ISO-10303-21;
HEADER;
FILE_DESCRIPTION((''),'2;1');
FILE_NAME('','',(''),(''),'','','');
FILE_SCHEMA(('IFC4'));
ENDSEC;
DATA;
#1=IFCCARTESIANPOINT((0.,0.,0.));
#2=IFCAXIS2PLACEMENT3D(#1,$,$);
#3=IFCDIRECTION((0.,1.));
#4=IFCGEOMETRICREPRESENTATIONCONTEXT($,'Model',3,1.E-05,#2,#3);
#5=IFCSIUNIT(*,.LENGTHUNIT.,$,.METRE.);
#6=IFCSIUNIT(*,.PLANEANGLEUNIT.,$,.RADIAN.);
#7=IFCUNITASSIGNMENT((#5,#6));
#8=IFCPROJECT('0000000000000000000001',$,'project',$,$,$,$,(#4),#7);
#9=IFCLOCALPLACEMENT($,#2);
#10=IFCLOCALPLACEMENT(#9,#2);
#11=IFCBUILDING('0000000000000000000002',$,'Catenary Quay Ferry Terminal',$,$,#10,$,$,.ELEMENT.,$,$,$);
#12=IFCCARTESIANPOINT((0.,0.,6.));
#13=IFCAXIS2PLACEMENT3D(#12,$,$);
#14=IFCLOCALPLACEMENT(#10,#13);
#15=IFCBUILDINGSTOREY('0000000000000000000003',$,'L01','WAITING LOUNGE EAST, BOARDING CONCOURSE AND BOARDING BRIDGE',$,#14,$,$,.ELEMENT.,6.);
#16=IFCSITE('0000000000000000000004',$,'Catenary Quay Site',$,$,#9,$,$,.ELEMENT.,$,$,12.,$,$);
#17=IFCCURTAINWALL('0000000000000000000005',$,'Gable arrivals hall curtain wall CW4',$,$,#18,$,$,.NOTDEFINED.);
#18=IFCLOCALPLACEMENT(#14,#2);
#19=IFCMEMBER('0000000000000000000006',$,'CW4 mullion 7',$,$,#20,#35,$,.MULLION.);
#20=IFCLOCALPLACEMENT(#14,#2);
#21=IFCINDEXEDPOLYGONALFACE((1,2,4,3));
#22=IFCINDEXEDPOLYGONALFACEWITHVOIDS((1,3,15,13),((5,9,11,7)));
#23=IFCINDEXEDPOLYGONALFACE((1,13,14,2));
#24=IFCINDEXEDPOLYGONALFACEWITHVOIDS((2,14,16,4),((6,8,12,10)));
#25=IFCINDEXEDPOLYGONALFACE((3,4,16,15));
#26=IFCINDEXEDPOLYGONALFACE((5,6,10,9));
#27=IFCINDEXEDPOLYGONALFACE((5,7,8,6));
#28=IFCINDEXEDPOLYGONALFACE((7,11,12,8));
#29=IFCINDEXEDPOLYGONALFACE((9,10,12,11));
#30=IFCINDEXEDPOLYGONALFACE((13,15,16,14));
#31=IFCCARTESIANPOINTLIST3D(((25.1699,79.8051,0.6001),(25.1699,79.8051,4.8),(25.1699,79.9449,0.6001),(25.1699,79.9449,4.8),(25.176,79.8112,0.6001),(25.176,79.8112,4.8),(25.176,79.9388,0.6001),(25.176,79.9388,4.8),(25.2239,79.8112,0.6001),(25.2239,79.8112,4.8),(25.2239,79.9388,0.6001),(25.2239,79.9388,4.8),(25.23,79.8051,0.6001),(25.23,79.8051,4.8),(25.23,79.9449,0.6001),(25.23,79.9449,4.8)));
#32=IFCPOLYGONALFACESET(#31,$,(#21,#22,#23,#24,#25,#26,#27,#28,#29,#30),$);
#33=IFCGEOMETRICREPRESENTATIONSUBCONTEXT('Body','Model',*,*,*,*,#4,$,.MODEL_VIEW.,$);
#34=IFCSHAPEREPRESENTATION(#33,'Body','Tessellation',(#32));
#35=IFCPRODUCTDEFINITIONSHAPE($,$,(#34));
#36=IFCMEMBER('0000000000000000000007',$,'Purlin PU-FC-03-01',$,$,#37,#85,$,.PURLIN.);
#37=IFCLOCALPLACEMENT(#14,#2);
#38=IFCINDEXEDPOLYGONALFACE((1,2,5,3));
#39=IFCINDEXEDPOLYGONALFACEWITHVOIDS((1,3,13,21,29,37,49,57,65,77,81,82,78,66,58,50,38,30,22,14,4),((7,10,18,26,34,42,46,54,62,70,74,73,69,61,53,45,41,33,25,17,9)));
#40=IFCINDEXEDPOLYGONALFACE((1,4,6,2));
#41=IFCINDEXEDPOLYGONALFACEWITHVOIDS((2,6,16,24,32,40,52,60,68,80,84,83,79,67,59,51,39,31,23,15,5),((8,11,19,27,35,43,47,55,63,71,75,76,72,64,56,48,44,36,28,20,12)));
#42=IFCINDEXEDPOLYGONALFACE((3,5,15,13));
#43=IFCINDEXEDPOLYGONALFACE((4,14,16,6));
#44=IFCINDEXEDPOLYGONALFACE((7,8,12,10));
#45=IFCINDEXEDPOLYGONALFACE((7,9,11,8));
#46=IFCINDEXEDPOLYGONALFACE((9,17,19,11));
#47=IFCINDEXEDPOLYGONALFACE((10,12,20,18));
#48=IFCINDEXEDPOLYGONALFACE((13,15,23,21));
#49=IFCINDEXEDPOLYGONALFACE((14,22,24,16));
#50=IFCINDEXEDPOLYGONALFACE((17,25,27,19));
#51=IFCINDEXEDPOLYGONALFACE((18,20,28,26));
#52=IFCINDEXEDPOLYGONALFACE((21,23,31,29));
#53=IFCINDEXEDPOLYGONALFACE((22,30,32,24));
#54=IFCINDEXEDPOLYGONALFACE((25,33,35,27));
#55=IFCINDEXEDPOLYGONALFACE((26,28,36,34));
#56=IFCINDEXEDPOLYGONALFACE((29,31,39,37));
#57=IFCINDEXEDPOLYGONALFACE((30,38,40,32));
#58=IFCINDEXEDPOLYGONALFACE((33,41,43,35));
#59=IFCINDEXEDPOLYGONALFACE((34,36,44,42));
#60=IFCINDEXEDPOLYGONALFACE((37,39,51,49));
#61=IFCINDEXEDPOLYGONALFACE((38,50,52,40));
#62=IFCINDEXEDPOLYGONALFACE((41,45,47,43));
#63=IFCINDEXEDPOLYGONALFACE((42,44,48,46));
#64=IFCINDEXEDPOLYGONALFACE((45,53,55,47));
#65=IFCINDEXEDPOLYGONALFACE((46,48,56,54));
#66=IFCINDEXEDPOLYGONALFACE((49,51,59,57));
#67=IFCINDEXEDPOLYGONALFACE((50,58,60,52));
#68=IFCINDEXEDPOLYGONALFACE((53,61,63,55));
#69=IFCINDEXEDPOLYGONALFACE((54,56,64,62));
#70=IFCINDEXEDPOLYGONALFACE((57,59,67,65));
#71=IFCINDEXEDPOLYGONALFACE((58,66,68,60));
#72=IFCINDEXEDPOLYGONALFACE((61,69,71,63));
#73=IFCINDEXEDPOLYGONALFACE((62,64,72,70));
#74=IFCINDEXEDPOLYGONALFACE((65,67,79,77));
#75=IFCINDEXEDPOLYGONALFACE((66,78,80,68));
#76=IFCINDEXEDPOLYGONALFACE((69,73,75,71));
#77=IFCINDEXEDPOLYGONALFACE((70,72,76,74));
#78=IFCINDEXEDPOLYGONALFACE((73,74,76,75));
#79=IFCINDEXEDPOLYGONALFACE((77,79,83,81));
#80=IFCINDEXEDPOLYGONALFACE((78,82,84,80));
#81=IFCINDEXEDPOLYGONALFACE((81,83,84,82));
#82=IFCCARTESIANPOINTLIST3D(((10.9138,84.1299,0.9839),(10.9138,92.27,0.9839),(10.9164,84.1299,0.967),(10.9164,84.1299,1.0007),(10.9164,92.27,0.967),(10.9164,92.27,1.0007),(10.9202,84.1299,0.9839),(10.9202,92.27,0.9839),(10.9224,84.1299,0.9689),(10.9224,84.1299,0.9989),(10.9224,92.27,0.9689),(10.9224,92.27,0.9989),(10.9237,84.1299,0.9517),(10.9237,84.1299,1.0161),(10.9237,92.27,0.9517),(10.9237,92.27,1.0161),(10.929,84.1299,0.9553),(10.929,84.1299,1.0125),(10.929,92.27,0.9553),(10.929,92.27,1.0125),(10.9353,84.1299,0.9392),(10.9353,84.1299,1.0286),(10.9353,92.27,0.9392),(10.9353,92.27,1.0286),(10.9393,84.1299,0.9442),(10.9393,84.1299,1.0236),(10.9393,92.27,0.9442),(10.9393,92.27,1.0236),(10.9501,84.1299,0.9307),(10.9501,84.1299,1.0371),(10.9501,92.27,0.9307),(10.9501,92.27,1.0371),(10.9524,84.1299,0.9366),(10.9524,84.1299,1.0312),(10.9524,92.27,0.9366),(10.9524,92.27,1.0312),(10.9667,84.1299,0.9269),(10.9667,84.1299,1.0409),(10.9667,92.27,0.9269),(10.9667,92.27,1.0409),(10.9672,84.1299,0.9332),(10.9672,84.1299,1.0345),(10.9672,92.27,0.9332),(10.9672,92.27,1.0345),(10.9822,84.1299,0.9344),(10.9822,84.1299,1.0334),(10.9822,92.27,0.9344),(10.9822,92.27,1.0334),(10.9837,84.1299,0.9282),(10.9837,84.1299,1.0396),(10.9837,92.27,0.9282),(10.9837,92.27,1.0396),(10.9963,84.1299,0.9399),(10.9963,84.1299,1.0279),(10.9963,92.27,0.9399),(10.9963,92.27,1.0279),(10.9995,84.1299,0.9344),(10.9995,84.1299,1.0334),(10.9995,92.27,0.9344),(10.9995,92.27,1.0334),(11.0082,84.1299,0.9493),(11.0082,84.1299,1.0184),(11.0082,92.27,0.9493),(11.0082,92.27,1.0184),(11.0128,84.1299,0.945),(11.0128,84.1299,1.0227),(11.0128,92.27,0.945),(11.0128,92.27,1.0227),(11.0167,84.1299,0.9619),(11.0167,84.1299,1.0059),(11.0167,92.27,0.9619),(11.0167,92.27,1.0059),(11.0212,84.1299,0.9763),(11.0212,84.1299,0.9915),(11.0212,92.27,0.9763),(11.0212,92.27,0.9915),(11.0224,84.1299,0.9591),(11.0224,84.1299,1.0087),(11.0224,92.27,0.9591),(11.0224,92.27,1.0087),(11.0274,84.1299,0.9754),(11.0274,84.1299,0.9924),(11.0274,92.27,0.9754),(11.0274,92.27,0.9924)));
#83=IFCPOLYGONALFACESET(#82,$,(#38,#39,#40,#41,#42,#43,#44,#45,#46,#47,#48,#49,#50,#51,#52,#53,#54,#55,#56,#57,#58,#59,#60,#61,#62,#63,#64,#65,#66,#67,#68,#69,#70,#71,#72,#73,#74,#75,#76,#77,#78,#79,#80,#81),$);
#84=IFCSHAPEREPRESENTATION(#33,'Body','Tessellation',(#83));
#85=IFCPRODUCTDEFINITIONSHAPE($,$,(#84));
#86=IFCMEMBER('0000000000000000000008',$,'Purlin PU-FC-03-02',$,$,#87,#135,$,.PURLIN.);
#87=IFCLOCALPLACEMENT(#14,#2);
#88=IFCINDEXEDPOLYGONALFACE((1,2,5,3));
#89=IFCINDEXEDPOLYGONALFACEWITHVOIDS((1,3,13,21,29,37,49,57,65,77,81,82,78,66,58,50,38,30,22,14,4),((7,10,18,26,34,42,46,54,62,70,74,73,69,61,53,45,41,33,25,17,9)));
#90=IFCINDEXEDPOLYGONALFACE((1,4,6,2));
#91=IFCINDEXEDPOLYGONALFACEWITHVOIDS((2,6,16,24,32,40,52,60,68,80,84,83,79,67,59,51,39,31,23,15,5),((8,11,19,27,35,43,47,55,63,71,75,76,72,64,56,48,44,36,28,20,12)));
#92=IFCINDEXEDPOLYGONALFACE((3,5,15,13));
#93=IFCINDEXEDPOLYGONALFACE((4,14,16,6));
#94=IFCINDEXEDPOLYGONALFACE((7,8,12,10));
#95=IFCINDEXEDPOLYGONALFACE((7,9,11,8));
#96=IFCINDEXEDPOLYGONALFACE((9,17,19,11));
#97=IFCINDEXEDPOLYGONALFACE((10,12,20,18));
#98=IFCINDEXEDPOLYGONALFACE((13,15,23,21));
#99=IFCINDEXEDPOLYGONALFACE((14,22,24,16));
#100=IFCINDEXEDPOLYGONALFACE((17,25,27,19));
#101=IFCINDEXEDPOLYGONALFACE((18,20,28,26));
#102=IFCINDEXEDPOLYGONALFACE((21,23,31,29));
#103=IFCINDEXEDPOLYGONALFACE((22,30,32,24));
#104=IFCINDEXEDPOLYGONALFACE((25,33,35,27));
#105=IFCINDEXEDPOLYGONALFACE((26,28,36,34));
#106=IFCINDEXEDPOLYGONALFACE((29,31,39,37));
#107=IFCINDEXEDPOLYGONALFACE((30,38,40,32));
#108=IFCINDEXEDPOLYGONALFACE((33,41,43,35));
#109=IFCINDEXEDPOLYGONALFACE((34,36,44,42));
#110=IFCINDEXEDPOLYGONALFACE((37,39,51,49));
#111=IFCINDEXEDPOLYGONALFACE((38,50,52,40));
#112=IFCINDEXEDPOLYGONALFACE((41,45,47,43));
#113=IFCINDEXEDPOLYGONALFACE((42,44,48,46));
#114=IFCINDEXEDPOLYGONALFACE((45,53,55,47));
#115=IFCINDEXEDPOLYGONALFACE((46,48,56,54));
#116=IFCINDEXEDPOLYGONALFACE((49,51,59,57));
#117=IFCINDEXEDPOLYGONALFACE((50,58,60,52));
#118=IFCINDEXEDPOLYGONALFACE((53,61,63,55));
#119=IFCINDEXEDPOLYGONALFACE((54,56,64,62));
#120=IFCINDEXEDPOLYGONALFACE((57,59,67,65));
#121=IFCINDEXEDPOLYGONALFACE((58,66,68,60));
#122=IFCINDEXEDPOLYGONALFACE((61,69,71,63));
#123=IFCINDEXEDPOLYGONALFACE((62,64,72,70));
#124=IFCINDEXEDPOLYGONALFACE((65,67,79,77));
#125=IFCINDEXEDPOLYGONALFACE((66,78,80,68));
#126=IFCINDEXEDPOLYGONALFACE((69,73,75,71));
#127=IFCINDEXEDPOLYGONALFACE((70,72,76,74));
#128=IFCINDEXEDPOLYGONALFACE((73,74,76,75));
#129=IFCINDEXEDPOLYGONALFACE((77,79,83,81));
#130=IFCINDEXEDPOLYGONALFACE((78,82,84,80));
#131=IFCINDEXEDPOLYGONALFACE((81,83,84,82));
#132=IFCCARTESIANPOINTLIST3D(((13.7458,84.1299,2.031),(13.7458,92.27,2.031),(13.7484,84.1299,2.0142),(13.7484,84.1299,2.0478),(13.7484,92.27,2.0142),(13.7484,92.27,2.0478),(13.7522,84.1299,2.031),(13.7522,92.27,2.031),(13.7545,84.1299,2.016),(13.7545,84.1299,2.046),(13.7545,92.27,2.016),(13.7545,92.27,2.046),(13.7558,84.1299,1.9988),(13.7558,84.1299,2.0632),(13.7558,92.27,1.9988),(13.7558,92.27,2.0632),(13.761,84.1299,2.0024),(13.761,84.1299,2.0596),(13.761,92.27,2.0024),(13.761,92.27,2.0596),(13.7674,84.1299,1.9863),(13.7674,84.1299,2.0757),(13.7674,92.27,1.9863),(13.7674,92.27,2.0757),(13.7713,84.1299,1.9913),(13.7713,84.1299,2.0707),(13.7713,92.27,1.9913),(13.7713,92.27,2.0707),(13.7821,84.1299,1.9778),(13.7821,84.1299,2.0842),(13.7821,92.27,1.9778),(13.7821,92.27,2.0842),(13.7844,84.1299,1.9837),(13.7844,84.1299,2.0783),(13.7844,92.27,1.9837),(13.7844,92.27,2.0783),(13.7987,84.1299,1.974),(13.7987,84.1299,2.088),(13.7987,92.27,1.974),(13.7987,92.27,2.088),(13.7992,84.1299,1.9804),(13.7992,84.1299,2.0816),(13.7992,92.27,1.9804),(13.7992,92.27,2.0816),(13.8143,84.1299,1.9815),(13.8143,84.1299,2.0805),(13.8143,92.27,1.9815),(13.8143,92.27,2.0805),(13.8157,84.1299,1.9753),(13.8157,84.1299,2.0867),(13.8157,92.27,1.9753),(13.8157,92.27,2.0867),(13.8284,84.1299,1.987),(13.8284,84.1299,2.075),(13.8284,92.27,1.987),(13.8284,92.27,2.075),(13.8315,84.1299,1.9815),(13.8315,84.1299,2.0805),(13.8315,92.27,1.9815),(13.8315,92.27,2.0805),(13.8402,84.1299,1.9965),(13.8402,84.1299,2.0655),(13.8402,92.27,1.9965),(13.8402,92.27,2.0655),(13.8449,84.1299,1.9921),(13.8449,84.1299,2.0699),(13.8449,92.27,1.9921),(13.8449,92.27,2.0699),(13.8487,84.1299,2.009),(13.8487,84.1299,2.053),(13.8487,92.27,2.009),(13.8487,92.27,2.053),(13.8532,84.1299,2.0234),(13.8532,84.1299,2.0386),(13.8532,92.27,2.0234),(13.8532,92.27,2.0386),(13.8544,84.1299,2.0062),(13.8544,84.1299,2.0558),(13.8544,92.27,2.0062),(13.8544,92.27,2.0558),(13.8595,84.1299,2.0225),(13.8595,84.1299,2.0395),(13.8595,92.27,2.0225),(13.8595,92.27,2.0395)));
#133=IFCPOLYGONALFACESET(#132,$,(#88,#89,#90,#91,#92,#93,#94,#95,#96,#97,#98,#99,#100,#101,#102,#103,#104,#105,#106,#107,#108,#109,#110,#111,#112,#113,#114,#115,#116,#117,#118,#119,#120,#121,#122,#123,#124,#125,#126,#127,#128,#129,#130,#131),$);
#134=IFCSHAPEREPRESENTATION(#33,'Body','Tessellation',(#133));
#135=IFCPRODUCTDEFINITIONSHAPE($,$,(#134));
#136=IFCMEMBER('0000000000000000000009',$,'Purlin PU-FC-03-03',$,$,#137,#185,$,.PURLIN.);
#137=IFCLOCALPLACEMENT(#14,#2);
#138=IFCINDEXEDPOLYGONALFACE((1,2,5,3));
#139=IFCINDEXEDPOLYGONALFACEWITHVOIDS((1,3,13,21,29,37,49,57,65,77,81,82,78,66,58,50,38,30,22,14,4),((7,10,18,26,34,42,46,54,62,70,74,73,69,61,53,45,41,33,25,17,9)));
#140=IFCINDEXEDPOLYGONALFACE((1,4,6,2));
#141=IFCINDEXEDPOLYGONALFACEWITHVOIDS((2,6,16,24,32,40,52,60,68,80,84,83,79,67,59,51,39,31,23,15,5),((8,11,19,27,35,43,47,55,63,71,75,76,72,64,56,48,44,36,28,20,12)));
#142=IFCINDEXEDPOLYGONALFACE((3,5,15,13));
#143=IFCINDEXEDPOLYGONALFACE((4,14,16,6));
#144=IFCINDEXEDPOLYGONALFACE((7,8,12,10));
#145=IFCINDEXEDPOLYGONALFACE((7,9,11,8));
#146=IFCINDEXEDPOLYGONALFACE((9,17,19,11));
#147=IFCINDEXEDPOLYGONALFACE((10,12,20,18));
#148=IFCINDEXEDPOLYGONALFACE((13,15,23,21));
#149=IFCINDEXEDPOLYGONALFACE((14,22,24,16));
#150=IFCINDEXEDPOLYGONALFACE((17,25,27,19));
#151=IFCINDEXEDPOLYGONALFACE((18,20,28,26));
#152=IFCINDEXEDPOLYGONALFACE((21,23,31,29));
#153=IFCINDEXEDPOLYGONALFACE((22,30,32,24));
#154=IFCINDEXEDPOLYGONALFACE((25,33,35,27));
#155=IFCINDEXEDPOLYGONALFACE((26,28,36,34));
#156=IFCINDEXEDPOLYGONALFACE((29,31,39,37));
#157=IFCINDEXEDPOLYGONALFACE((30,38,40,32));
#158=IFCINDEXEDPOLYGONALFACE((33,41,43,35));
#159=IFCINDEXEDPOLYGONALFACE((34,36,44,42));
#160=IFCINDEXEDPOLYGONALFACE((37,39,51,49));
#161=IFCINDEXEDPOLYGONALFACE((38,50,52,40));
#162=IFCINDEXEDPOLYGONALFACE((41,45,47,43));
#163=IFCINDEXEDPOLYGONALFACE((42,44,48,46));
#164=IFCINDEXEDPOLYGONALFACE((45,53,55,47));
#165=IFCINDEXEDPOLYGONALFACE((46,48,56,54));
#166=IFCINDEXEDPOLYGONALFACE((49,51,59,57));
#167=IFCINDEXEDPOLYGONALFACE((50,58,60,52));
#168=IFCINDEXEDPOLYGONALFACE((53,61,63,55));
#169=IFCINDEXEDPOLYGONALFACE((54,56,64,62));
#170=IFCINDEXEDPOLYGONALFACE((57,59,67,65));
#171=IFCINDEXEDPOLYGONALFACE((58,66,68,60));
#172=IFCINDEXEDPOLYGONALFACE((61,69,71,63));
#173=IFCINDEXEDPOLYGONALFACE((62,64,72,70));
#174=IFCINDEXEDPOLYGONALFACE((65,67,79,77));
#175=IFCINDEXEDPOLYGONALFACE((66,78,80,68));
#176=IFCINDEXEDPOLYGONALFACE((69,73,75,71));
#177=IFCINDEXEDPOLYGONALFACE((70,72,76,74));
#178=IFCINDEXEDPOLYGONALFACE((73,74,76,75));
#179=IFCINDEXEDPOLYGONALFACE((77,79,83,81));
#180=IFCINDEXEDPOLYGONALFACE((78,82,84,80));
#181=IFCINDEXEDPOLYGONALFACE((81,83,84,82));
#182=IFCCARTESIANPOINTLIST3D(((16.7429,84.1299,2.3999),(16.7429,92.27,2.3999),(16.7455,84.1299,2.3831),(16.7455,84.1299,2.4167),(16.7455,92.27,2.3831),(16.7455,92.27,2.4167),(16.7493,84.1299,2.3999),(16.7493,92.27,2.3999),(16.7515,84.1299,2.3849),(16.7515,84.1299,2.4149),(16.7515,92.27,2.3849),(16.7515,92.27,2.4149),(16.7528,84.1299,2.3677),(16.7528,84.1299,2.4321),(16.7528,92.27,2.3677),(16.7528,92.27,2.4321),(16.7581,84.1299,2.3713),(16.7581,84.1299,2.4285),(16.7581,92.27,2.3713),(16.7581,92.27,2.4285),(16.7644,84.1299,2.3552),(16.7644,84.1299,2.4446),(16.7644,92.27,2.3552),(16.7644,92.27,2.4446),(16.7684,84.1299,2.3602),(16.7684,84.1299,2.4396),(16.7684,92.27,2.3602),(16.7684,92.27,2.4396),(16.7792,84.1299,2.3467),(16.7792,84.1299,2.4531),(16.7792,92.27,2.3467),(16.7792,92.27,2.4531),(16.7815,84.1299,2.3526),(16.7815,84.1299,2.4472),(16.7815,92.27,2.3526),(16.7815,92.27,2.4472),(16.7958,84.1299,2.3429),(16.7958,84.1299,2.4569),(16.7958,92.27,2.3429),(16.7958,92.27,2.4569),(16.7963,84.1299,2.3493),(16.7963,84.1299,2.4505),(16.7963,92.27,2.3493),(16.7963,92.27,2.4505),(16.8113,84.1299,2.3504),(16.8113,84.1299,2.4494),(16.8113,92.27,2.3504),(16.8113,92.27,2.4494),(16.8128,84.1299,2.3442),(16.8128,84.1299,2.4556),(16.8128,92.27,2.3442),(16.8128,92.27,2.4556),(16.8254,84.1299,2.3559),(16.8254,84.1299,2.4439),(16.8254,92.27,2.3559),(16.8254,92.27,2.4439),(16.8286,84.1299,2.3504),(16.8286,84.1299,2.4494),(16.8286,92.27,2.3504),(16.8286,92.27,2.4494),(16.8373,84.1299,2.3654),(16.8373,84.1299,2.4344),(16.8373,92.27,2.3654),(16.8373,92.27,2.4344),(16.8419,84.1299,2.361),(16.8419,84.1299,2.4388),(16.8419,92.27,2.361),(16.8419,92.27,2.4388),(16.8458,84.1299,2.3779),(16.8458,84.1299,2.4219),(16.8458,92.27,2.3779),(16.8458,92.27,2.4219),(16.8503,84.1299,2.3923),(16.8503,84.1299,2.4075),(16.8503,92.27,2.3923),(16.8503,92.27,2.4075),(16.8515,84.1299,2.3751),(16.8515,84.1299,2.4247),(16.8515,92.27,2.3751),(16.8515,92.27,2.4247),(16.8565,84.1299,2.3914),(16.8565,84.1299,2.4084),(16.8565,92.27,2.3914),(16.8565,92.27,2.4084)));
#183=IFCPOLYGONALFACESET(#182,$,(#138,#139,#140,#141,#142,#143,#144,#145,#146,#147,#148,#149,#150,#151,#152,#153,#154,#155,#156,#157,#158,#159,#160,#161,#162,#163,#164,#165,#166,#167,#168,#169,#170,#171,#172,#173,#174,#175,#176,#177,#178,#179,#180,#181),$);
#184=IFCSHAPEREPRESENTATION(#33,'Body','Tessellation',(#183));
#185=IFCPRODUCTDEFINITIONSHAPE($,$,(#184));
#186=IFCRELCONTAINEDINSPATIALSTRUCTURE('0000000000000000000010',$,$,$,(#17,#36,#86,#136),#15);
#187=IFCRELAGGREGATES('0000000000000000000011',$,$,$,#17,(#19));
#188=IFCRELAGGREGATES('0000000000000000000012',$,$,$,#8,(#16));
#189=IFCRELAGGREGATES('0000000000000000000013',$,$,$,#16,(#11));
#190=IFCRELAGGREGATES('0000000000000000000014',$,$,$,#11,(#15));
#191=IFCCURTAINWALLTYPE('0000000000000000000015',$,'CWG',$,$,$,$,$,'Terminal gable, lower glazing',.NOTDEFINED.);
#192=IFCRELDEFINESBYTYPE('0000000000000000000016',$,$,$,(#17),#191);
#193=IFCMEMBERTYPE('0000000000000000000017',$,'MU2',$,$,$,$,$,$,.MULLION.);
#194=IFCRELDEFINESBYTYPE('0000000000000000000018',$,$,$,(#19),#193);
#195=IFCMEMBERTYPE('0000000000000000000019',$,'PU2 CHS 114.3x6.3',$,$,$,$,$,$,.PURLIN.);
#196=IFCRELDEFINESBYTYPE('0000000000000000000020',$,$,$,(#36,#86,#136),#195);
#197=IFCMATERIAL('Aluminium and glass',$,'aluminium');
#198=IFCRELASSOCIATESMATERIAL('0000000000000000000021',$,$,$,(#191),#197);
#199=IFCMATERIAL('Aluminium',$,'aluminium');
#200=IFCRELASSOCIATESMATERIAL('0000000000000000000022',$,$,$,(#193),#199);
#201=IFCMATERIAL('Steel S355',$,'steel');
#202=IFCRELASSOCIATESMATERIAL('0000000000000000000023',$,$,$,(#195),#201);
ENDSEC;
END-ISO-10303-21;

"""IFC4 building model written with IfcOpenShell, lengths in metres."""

from ifc_helpers import new_model, si_unit, direction, frame, origin, origin_2d, place, context, subcontext, project, spatial, hollow_rectangle, hollow_circle, extrude, material, material_profile, profile_set, type_object, element, aggregate, save


model = new_model("IFC4")

# Units and contexts
model_context = context("Model", 3, precision=1e-05, world=origin(), true_north=direction((0.0, 1.0)))
body_context = subcontext(model_context, "Body", "Model", "MODEL_VIEW")
ifc_project = project(units=[si_unit("LENGTHUNIT", "METRE"), si_unit("PLANEANGLEUNIT", "RADIAN")], contexts=[model_context])

# Site, building, storey
site_placement = place(None, origin())
site = spatial("IfcSite", under=ifc_project, at=site_placement, Name="Catenary Quay Site", CompositionType="ELEMENT", RefElevation=12.0)
building_placement = place(site_placement, origin())
building = spatial("IfcBuilding", under=site, at=building_placement, Name="Catenary Quay Ferry Terminal", CompositionType="ELEMENT")
storey_placement = place(building_placement, frame((0.0, 0.0, 6.0)))
storey = spatial("IfcBuildingStorey", under=building, at=storey_placement, Name="L01", Description="WAITING LOUNGE EAST, BOARDING CONCOURSE AND BOARDING BRIDGE", CompositionType="ELEMENT", Elevation=6.0)

# Curtain wall, member
ifc_material_1 = material(Name="Aluminium and glass", Category="aluminium")
curtain_wall_type_1 = type_object("IfcCurtainWallType", Name="CWG", ElementType="Terminal gable, lower glazing", PredefinedType="NOTDEFINED", material=ifc_material_1)
curtain_wall_1_placement = place(storey_placement, origin())
curtain_wall_1 = element("IfcCurtainWall", 1, at=curtain_wall_1_placement, inside=storey, type_object=curtain_wall_type_1, Name="Gable arrivals hall curtain wall CW4", PredefinedType="NOTDEFINED")
ifc_material_2 = material(Name="Aluminium", Category="aluminium")
ifc_material_profile_1 = material_profile(ifc_material_2, hollow_rectangle(XDim=0.0601, YDim=0.1399, WallThickness=0.0061, at=origin_2d()), Name="MU2")
ifc_profile_set_1 = profile_set([ifc_material_profile_1], Name="Aluminium")
member_type_1 = type_object("IfcMemberType", Name="MU2", PredefinedType="MULLION", material=ifc_profile_set_1)
member_1_placement = place(storey_placement, frame((25.2, 79.875, 0.6001), z_axis=(0.0, 0.0, 1.0), x_axis=(-1.0, 0.0, 0.0)))
member_1 = element("IfcMember", 2, at=member_1_placement, type_object=member_type_1, Name="CW4 mullion 7", PredefinedType="MULLION", context=body_context, shape_type="SweptSolid", body=[
    extrude(hollow_rectangle(XDim=0.0601, YDim=0.1399, WallThickness=0.0061, at=origin_2d()), origin(), (0.0, 0.0, 1.0), 4.2),
])

# Members
ifc_material_3 = material(Name="Steel S355", Category="steel")
ifc_material_profile_2 = material_profile(ifc_material_3, hollow_circle(Radius=0.0571, WallThickness=0.0063, at=origin_2d()), Name="CHS 114.3x6.3")
ifc_profile_set_2 = profile_set([ifc_material_profile_2], Name="Steel S355")
member_type_2 = type_object("IfcMemberType", Name="PU2 CHS 114.3x6.3", PredefinedType="PURLIN", material=ifc_profile_set_2)
for number, where, z_axis, x_axis, name in (
    (3, (10.9709, 84.1299, 0.9839), (0.0, 1.0, 0.0), (-1.0, 0.0, 0.0), "Purlin PU-FC-03-01"),
    (4, (13.803, 84.1299, 2.031), (0.0, 1.0, 0.0), (-1.0, 0.0, 0.0), "Purlin PU-FC-03-02"),
    (5, (16.8, 84.1299, 2.3999), (0.0, 1.0, 0.0), (-1.0, 0.0, 0.0), "Purlin PU-FC-03-03"),
):
    element("IfcMember", number, at=place(storey_placement, frame(where, z_axis=z_axis, x_axis=x_axis)), inside=storey, type_object=member_type_2, Name=name, PredefinedType="PURLIN", context=body_context, shape_type="SweptSolid", body=[
        extrude(hollow_circle(Radius=0.0571, WallThickness=0.0063, at=origin_2d()), origin(), (0.0, 0.0, 1.0), 8.1401),
    ])

aggregate(curtain_wall_1, [member_1])

save(model, "model.ifc")
